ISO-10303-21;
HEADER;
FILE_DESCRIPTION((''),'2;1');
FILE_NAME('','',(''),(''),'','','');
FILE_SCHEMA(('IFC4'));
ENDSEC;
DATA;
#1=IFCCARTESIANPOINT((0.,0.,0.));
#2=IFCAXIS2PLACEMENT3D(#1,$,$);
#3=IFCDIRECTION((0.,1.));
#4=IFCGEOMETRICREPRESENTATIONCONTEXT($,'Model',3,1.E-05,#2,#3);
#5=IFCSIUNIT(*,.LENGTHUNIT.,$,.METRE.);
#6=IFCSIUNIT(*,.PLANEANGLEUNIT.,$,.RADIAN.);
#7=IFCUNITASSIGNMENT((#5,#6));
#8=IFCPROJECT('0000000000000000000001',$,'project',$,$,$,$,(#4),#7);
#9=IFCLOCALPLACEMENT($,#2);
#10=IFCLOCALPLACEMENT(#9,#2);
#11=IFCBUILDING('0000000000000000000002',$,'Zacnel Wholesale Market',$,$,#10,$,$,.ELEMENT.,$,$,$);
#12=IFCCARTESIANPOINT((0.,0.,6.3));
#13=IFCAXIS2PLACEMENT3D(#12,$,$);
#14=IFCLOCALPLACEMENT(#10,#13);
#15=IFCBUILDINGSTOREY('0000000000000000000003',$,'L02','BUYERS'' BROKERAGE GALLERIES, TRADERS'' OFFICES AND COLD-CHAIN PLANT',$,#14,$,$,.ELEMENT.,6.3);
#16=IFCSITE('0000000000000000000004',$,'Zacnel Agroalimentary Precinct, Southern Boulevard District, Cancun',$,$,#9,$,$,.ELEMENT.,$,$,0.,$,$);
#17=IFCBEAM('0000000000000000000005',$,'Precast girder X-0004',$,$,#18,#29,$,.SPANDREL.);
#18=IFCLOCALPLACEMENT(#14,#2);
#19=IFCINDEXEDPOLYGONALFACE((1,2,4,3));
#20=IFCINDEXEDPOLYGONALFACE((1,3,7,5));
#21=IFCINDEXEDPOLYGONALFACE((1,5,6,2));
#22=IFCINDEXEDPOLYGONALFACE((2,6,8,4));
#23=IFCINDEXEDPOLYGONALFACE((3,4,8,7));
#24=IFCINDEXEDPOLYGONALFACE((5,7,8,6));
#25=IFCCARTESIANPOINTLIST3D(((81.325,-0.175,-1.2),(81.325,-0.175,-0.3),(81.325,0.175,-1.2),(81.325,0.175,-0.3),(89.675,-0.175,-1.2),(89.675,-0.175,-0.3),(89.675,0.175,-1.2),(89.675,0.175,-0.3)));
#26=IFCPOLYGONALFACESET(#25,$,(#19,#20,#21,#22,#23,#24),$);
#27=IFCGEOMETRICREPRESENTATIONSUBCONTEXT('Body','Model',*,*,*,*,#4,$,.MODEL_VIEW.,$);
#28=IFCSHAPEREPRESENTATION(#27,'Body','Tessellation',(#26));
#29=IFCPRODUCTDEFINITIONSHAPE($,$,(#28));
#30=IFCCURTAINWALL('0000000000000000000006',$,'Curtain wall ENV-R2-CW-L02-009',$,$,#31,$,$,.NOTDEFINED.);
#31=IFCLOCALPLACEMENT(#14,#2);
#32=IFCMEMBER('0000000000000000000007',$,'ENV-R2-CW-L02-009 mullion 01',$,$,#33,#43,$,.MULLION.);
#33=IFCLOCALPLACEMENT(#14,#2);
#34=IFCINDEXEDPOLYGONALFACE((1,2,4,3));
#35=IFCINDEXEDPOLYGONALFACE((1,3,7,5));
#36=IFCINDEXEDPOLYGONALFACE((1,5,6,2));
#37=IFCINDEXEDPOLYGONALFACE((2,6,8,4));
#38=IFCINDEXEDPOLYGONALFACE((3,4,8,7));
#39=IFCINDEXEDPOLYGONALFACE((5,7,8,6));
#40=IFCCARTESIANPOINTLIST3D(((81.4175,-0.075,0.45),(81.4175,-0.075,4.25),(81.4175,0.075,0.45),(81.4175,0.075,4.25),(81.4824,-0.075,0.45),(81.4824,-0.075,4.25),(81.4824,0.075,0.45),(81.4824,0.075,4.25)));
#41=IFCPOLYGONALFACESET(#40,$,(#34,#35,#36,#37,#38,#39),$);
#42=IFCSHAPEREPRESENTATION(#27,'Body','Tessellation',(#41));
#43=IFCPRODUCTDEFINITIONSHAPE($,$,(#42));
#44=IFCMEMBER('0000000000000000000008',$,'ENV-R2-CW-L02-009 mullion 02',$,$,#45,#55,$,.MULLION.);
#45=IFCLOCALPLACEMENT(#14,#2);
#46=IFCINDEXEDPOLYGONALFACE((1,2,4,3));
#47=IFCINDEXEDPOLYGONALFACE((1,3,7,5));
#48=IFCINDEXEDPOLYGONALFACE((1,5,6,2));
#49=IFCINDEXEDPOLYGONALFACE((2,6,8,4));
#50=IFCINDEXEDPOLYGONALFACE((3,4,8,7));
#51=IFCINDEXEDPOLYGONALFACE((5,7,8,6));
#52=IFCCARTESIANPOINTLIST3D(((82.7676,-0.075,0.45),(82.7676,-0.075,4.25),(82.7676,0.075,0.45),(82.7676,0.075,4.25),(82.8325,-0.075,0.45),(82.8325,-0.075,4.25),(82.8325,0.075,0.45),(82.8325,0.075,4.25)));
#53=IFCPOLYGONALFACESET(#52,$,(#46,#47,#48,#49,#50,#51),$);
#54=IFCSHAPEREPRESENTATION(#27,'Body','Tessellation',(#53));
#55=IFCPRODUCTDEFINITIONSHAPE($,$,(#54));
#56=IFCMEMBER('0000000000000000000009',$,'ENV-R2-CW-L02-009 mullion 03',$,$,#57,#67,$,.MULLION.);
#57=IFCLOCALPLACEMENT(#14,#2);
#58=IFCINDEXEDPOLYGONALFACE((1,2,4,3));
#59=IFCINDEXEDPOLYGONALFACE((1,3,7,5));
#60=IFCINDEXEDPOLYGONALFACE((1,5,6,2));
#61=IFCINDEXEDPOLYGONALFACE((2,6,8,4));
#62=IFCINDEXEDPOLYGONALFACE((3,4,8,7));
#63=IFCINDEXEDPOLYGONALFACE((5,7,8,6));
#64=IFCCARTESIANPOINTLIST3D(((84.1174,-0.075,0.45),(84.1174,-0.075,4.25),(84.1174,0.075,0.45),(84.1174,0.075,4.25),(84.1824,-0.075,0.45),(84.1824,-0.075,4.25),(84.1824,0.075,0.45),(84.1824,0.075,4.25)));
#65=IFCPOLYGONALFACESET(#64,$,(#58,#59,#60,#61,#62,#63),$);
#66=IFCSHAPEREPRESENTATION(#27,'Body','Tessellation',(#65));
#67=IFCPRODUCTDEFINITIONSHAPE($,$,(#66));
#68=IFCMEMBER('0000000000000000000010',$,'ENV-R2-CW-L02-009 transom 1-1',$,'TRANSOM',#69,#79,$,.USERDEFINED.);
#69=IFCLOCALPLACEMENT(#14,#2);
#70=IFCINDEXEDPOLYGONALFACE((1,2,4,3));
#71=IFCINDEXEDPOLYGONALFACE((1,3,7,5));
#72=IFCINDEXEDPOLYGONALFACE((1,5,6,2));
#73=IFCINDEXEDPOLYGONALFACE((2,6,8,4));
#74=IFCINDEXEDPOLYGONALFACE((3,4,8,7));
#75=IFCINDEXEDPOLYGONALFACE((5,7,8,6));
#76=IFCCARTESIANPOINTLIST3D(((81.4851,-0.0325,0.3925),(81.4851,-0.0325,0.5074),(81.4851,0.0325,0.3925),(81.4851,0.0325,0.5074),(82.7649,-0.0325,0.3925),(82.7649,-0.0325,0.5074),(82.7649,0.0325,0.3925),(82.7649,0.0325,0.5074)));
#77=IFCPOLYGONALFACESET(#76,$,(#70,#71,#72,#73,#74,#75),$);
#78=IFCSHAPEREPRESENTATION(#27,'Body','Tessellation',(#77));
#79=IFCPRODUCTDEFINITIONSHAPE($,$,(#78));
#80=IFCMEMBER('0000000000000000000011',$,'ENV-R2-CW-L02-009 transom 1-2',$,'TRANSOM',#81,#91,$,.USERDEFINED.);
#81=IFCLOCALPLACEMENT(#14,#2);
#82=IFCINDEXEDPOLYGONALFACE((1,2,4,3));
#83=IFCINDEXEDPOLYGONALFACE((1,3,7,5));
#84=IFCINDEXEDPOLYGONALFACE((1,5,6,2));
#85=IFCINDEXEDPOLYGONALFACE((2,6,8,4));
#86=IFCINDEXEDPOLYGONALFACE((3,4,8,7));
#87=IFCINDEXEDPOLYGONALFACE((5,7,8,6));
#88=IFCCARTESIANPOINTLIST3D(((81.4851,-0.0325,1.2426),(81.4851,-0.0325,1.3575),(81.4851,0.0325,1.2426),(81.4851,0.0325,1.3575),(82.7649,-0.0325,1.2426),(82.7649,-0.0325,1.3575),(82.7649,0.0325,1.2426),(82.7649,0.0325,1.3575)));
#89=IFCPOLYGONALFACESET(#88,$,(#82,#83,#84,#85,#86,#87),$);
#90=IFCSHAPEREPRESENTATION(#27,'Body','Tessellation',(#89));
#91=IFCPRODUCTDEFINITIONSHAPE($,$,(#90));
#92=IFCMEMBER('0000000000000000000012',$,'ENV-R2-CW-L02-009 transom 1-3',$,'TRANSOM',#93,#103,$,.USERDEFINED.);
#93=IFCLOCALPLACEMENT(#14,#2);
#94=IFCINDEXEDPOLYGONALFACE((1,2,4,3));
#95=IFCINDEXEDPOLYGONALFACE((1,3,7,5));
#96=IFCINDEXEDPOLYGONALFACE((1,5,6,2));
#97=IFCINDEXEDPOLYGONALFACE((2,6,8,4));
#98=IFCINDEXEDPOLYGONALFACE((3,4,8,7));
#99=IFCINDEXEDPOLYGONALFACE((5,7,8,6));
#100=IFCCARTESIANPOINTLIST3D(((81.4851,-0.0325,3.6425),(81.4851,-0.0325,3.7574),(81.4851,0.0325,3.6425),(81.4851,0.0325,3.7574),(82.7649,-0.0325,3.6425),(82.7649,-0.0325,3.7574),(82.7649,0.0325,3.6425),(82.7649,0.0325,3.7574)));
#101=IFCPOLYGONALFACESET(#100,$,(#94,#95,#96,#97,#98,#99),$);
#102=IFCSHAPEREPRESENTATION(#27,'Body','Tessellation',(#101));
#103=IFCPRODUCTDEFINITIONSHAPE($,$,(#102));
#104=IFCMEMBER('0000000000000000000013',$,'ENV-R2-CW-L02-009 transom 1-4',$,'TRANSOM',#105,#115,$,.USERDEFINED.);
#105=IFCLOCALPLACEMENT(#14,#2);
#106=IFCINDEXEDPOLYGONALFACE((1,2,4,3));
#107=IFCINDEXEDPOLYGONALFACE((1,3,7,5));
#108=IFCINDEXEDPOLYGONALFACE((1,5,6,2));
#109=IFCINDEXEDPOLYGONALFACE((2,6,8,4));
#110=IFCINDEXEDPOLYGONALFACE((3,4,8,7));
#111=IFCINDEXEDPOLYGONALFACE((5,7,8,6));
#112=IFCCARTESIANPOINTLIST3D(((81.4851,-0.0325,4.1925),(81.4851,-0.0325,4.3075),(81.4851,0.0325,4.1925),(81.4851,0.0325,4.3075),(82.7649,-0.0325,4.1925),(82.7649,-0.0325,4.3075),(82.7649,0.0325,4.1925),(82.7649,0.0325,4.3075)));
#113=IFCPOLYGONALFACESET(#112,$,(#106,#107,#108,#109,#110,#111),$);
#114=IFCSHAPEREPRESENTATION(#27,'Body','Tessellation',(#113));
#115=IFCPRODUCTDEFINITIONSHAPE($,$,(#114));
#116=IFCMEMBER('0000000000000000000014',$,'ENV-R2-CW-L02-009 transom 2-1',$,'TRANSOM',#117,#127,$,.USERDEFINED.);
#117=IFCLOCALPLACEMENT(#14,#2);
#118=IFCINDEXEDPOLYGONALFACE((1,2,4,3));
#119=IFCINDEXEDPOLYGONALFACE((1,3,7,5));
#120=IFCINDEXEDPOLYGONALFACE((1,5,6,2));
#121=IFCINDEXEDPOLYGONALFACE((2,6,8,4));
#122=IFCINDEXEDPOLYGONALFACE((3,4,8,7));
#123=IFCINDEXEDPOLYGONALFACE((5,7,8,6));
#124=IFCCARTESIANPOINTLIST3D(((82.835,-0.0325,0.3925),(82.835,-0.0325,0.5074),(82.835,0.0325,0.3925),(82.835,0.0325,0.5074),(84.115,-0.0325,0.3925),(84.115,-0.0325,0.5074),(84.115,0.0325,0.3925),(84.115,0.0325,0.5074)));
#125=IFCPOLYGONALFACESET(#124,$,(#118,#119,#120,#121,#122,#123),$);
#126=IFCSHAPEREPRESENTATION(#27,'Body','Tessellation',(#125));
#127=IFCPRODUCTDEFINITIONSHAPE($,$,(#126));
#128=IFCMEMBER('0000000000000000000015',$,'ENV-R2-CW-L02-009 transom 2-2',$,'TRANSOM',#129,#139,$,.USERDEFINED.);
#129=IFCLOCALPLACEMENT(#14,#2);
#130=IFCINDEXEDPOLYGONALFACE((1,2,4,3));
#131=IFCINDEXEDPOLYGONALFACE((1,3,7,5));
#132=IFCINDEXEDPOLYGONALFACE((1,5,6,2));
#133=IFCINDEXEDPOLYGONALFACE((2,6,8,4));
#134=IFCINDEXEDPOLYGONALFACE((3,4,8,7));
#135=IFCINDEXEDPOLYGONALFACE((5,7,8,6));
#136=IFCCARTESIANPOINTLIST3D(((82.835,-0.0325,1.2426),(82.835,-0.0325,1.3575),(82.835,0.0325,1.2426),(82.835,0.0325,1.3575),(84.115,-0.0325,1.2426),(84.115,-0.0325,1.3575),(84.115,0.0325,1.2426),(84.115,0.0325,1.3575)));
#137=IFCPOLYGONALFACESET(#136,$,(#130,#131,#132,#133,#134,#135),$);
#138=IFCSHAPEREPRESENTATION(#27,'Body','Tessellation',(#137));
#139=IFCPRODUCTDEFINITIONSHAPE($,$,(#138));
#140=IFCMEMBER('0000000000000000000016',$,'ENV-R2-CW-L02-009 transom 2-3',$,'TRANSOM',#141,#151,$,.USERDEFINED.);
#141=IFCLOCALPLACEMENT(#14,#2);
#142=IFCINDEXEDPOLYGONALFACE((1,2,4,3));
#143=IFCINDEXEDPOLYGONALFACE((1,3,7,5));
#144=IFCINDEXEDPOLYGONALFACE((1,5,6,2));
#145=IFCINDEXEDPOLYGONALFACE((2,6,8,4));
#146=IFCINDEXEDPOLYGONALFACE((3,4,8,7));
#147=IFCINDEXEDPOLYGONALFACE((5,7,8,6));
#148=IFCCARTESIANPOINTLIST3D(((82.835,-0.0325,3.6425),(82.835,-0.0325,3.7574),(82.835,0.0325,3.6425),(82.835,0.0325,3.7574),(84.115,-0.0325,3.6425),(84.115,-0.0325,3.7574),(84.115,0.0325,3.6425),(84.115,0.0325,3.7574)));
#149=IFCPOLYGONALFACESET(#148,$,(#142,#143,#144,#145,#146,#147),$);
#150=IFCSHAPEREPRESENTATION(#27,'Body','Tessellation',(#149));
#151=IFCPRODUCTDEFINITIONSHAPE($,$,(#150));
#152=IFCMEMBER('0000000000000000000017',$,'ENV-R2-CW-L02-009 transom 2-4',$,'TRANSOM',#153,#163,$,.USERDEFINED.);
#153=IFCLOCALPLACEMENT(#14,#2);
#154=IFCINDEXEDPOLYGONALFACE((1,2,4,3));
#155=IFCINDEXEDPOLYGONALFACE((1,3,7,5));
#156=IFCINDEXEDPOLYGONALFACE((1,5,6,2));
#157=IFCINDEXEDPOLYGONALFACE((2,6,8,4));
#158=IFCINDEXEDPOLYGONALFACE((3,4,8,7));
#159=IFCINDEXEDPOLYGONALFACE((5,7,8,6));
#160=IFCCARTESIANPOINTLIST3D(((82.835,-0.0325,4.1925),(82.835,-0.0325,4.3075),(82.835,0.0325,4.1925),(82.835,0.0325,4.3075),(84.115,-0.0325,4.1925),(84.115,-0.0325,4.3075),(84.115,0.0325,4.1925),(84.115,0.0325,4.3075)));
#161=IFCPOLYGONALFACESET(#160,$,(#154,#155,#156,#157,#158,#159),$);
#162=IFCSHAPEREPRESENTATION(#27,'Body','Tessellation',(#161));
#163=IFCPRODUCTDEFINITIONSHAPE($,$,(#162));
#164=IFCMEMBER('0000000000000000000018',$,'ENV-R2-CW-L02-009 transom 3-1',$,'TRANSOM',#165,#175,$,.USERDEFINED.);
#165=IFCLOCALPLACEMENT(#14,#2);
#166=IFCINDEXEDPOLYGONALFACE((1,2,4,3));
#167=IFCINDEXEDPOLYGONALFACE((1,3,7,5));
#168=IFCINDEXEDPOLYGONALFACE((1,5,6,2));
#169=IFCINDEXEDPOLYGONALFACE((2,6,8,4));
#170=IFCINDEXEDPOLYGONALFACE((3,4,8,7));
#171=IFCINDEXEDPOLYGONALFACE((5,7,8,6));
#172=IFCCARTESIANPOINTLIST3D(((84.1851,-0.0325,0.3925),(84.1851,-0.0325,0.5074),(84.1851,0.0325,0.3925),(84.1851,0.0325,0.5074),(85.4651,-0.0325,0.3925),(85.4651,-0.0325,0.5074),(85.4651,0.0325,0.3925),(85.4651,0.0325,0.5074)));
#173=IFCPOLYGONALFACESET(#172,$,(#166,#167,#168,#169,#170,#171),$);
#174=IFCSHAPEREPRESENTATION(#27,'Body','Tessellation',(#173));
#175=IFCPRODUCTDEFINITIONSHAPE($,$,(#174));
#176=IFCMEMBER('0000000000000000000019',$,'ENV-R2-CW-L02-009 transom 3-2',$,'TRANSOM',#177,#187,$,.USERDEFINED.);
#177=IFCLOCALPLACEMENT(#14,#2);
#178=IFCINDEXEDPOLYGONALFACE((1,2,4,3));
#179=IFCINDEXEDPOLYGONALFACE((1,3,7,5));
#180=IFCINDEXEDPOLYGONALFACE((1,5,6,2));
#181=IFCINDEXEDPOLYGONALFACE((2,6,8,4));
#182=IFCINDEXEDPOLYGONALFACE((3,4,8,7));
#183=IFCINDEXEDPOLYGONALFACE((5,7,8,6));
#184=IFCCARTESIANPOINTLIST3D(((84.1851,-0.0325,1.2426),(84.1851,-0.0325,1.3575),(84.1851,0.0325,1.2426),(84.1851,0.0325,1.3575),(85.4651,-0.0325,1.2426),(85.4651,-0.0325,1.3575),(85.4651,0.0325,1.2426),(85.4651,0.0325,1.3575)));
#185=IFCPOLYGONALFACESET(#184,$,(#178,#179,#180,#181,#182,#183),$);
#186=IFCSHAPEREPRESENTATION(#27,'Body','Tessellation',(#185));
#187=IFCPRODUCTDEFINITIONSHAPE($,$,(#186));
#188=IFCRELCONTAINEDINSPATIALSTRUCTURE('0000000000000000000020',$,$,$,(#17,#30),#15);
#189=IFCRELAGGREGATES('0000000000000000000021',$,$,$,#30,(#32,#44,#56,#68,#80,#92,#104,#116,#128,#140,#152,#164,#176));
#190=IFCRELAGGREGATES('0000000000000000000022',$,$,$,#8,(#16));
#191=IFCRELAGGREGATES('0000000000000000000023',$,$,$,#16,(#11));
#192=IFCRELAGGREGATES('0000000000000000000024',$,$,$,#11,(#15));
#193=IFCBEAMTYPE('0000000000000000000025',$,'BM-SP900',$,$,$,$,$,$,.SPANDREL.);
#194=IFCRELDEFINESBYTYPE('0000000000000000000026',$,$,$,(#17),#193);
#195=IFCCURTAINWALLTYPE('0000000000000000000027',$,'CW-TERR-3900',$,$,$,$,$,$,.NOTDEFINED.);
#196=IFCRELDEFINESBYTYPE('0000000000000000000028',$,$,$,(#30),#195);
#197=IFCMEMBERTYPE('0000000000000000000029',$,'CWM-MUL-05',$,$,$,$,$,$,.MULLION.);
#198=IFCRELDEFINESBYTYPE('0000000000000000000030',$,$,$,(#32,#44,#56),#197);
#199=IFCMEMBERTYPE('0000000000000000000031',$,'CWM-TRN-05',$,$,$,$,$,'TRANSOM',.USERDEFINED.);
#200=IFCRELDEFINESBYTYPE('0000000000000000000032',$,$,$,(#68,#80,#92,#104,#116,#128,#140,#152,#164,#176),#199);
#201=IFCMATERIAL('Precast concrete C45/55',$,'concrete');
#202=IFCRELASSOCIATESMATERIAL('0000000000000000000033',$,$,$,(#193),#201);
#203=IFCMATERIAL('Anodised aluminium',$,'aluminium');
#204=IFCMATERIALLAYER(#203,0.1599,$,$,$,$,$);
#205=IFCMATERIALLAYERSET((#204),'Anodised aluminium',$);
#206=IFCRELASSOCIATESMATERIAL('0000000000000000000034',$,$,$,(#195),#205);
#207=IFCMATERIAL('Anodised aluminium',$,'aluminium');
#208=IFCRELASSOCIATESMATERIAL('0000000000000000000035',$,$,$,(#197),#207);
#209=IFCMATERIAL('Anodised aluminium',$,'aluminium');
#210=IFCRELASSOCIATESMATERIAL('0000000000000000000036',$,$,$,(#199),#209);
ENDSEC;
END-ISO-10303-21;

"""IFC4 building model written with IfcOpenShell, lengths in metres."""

from ifc_helpers import new_model, si_unit, direction, frame, origin, origin_2d, place, context, subcontext, project, spatial, rectangle, extrude, material, layer, layer_set, material_profile, profile_set, type_object, element, aggregate, save


model = new_model("IFC4")

# Units and contexts
model_context = context("Model", 3, precision=1e-05, world=origin(), true_north=direction((0.0, 1.0)))
body_context = subcontext(model_context, "Body", "Model", "MODEL_VIEW")
ifc_project = project(units=[si_unit("LENGTHUNIT", "METRE"), si_unit("PLANEANGLEUNIT", "RADIAN")], contexts=[model_context])

# Site, building, storey
site_placement = place(None, origin())
site = spatial("IfcSite", under=ifc_project, at=site_placement, Name="Zacnel Agroalimentary Precinct, Southern Boulevard District, Cancun", CompositionType="ELEMENT", RefElevation=0.0)
building_placement = place(site_placement, origin())
building = spatial("IfcBuilding", under=site, at=building_placement, Name="Zacnel Wholesale Market", CompositionType="ELEMENT")
storey_placement = place(building_placement, frame((0.0, 0.0, 6.3)))
storey = spatial("IfcBuildingStorey", under=building, at=storey_placement, Name="L02", Description="BUYERS' BROKERAGE GALLERIES, TRADERS' OFFICES AND COLD-CHAIN PLANT", CompositionType="ELEMENT", Elevation=6.3)

# Beam
ifc_material_1 = material(Name="Precast concrete C45/55", Category="concrete")
ifc_material_profile_1 = material_profile(ifc_material_1, rectangle(XDim=0.3501, YDim=0.8999, at=origin_2d()), Name="SP 350x900")
ifc_profile_set_1 = profile_set([ifc_material_profile_1], Name="Precast concrete C45/55")
beam_type = type_object("IfcBeamType", Name="BM-SP900", PredefinedType="SPANDREL", material=ifc_profile_set_1)
beam_placement = place(storey_placement, frame((81.325, 0.0, -0.75), z_axis=(1.0, 0.0, 0.0), x_axis=(0.0, 1.0, 0.0)))
element("IfcBeam", 1, at=beam_placement, inside=storey, type_object=beam_type, Name="Precast girder X-0004", PredefinedType="SPANDREL", context=body_context, shape_type="SweptSolid", body=[
    extrude(rectangle(XDim=0.3501, YDim=0.8999, at=origin_2d()), origin(), (0.0, 0.0, 1.0), 8.3501),
])

# Curtain wall, members
ifc_material_2 = material(Name="Anodised aluminium", Category="aluminium")
ifc_layer_1 = layer(ifc_material_2, 0.1599)
ifc_layer_set_1 = layer_set([ifc_layer_1], Name="Anodised aluminium")
curtain_wall_type = type_object("IfcCurtainWallType", Name="CW-TERR-3900", PredefinedType="NOTDEFINED", material=ifc_layer_set_1)
curtain_wall_placement = place(storey_placement, origin())
curtain_wall = element("IfcCurtainWall", 2, at=curtain_wall_placement, inside=storey, type_object=curtain_wall_type, Name="Curtain wall ENV-R2-CW-L02-009", PredefinedType="NOTDEFINED")
ifc_material_3 = material(Name="Anodised aluminium", Category="aluminium")
ifc_material_profile_2 = material_profile(ifc_material_3, rectangle(XDim=0.0649, YDim=0.1499, at=origin_2d()), Name="AW-MULLION 65x150")
ifc_profile_set_2 = profile_set([ifc_material_profile_2], Name="Anodised aluminium")
member_type_1 = type_object("IfcMemberType", Name="CWM-MUL-05", PredefinedType="MULLION", material=ifc_profile_set_2)
member_1_placement = place(storey_placement, frame((81.45, 0.0, 0.45), z_axis=(0.0, 0.0, 1.0), x_axis=(1.0, 0.0, 0.0)))
member_1 = element("IfcMember", 3, at=member_1_placement, type_object=member_type_1, Name="ENV-R2-CW-L02-009 mullion 01", PredefinedType="MULLION", context=body_context, shape_type="SweptSolid", body=[
    extrude(rectangle(XDim=0.0649, YDim=0.1499, at=origin_2d()), origin(), (0.0, 0.0, 1.0), 3.8),
])
member_2_placement = place(storey_placement, frame((82.8, 0.0, 0.45), z_axis=(0.0, 0.0, 1.0), x_axis=(1.0, 0.0, 0.0)))
member_2 = element("IfcMember", 4, at=member_2_placement, type_object=member_type_1, Name="ENV-R2-CW-L02-009 mullion 02", PredefinedType="MULLION", context=body_context, shape_type="SweptSolid", body=[
    extrude(rectangle(XDim=0.0649, YDim=0.1499, at=origin_2d()), origin(), (0.0, 0.0, 1.0), 3.8),
])
member_3_placement = place(storey_placement, frame((84.1499, 0.0, 0.45), z_axis=(0.0, 0.0, 1.0), x_axis=(1.0, 0.0, 0.0)))
member_3 = element("IfcMember", 5, at=member_3_placement, type_object=member_type_1, Name="ENV-R2-CW-L02-009 mullion 03", PredefinedType="MULLION", context=body_context, shape_type="SweptSolid", body=[
    extrude(rectangle(XDim=0.0649, YDim=0.1499, at=origin_2d()), origin(), (0.0, 0.0, 1.0), 3.8),
])
ifc_material_4 = material(Name="Anodised aluminium", Category="aluminium")
ifc_material_profile_3 = material_profile(ifc_material_4, rectangle(XDim=0.0649, YDim=0.115, at=origin_2d()), Name="AW-TRANSOM 65x115")
ifc_profile_set_3 = profile_set([ifc_material_profile_3], Name="Anodised aluminium")
member_type_2 = type_object("IfcMemberType", Name="CWM-TRN-05", ElementType="TRANSOM", PredefinedType="USERDEFINED", material=ifc_profile_set_3)
member_4_placement = place(storey_placement, frame((81.4851, 0.0, 0.45), z_axis=(1.0, 0.0, 0.0), x_axis=(0.0, 1.0, 0.0)))
member_4 = element("IfcMember", 6, at=member_4_placement, type_object=member_type_2, Name="ENV-R2-CW-L02-009 transom 1-1", ObjectType="TRANSOM", PredefinedType="USERDEFINED", context=body_context, shape_type="SweptSolid", body=[
    extrude(rectangle(XDim=0.0649, YDim=0.115, at=origin_2d()), origin(), (0.0, 0.0, 1.0), 1.2798),
])
member_5_placement = place(storey_placement, frame((81.4851, 0.0, 1.3), z_axis=(1.0, 0.0, 0.0), x_axis=(0.0, 1.0, 0.0)))
member_5 = element("IfcMember", 7, at=member_5_placement, type_object=member_type_2, Name="ENV-R2-CW-L02-009 transom 1-2", ObjectType="TRANSOM", PredefinedType="USERDEFINED", context=body_context, shape_type="SweptSolid", body=[
    extrude(rectangle(XDim=0.0649, YDim=0.115, at=origin_2d()), origin(), (0.0, 0.0, 1.0), 1.2798),
])
member_6_placement = place(storey_placement, frame((81.4851, 0.0, 3.7), z_axis=(1.0, 0.0, 0.0), x_axis=(0.0, 1.0, 0.0)))
member_6 = element("IfcMember", 8, at=member_6_placement, type_object=member_type_2, Name="ENV-R2-CW-L02-009 transom 1-3", ObjectType="TRANSOM", PredefinedType="USERDEFINED", context=body_context, shape_type="SweptSolid", body=[
    extrude(rectangle(XDim=0.0649, YDim=0.115, at=origin_2d()), origin(), (0.0, 0.0, 1.0), 1.2798),
])
member_7_placement = place(storey_placement, frame((81.4851, 0.0, 4.25), z_axis=(1.0, 0.0, 0.0), x_axis=(0.0, 1.0, 0.0)))
member_7 = element("IfcMember", 9, at=member_7_placement, type_object=member_type_2, Name="ENV-R2-CW-L02-009 transom 1-4", ObjectType="TRANSOM", PredefinedType="USERDEFINED", context=body_context, shape_type="SweptSolid", body=[
    extrude(rectangle(XDim=0.0649, YDim=0.115, at=origin_2d()), origin(), (0.0, 0.0, 1.0), 1.2798),
])
member_8_placement = place(storey_placement, frame((82.835, 0.0, 0.45), z_axis=(1.0, 0.0, 0.0), x_axis=(0.0, 1.0, 0.0)))
member_8 = element("IfcMember", 10, at=member_8_placement, type_object=member_type_2, Name="ENV-R2-CW-L02-009 transom 2-1", ObjectType="TRANSOM", PredefinedType="USERDEFINED", context=body_context, shape_type="SweptSolid", body=[
    extrude(rectangle(XDim=0.0649, YDim=0.115, at=origin_2d()), origin(), (0.0, 0.0, 1.0), 1.28),
])
member_9_placement = place(storey_placement, frame((82.835, 0.0, 1.3), z_axis=(1.0, 0.0, 0.0), x_axis=(0.0, 1.0, 0.0)))
member_9 = element("IfcMember", 11, at=member_9_placement, type_object=member_type_2, Name="ENV-R2-CW-L02-009 transom 2-2", ObjectType="TRANSOM", PredefinedType="USERDEFINED", context=body_context, shape_type="SweptSolid", body=[
    extrude(rectangle(XDim=0.0649, YDim=0.115, at=origin_2d()), origin(), (0.0, 0.0, 1.0), 1.28),
])
member_10_placement = place(storey_placement, frame((82.835, 0.0, 3.7), z_axis=(1.0, 0.0, 0.0), x_axis=(0.0, 1.0, 0.0)))
member_10 = element("IfcMember", 12, at=member_10_placement, type_object=member_type_2, Name="ENV-R2-CW-L02-009 transom 2-3", ObjectType="TRANSOM", PredefinedType="USERDEFINED", context=body_context, shape_type="SweptSolid", body=[
    extrude(rectangle(XDim=0.0649, YDim=0.115, at=origin_2d()), origin(), (0.0, 0.0, 1.0), 1.28),
])
member_11_placement = place(storey_placement, frame((82.835, 0.0, 4.25), z_axis=(1.0, 0.0, 0.0), x_axis=(0.0, 1.0, 0.0)))
member_11 = element("IfcMember", 13, at=member_11_placement, type_object=member_type_2, Name="ENV-R2-CW-L02-009 transom 2-4", ObjectType="TRANSOM", PredefinedType="USERDEFINED", context=body_context, shape_type="SweptSolid", body=[
    extrude(rectangle(XDim=0.0649, YDim=0.115, at=origin_2d()), origin(), (0.0, 0.0, 1.0), 1.28),
])
member_12_placement = place(storey_placement, frame((84.1851, 0.0, 0.45), z_axis=(1.0, 0.0, 0.0), x_axis=(0.0, 1.0, 0.0)))
member_12 = element("IfcMember", 14, at=member_12_placement, type_object=member_type_2, Name="ENV-R2-CW-L02-009 transom 3-1", ObjectType="TRANSOM", PredefinedType="USERDEFINED", context=body_context, shape_type="SweptSolid", body=[
    extrude(rectangle(XDim=0.0649, YDim=0.115, at=origin_2d()), origin(), (0.0, 0.0, 1.0), 1.28),
])
member_13_placement = place(storey_placement, frame((84.1851, 0.0, 1.3), z_axis=(1.0, 0.0, 0.0), x_axis=(0.0, 1.0, 0.0)))
member_13 = element("IfcMember", 15, at=member_13_placement, type_object=member_type_2, Name="ENV-R2-CW-L02-009 transom 3-2", ObjectType="TRANSOM", PredefinedType="USERDEFINED", context=body_context, shape_type="SweptSolid", body=[
    extrude(rectangle(XDim=0.0649, YDim=0.115, at=origin_2d()), origin(), (0.0, 0.0, 1.0), 1.28),
])
aggregate(curtain_wall, [member_1, member_2, member_3, member_4, member_5, member_6, member_7, member_8, member_9, member_10, member_11, member_12, member_13])

save(model, "model.ifc")
